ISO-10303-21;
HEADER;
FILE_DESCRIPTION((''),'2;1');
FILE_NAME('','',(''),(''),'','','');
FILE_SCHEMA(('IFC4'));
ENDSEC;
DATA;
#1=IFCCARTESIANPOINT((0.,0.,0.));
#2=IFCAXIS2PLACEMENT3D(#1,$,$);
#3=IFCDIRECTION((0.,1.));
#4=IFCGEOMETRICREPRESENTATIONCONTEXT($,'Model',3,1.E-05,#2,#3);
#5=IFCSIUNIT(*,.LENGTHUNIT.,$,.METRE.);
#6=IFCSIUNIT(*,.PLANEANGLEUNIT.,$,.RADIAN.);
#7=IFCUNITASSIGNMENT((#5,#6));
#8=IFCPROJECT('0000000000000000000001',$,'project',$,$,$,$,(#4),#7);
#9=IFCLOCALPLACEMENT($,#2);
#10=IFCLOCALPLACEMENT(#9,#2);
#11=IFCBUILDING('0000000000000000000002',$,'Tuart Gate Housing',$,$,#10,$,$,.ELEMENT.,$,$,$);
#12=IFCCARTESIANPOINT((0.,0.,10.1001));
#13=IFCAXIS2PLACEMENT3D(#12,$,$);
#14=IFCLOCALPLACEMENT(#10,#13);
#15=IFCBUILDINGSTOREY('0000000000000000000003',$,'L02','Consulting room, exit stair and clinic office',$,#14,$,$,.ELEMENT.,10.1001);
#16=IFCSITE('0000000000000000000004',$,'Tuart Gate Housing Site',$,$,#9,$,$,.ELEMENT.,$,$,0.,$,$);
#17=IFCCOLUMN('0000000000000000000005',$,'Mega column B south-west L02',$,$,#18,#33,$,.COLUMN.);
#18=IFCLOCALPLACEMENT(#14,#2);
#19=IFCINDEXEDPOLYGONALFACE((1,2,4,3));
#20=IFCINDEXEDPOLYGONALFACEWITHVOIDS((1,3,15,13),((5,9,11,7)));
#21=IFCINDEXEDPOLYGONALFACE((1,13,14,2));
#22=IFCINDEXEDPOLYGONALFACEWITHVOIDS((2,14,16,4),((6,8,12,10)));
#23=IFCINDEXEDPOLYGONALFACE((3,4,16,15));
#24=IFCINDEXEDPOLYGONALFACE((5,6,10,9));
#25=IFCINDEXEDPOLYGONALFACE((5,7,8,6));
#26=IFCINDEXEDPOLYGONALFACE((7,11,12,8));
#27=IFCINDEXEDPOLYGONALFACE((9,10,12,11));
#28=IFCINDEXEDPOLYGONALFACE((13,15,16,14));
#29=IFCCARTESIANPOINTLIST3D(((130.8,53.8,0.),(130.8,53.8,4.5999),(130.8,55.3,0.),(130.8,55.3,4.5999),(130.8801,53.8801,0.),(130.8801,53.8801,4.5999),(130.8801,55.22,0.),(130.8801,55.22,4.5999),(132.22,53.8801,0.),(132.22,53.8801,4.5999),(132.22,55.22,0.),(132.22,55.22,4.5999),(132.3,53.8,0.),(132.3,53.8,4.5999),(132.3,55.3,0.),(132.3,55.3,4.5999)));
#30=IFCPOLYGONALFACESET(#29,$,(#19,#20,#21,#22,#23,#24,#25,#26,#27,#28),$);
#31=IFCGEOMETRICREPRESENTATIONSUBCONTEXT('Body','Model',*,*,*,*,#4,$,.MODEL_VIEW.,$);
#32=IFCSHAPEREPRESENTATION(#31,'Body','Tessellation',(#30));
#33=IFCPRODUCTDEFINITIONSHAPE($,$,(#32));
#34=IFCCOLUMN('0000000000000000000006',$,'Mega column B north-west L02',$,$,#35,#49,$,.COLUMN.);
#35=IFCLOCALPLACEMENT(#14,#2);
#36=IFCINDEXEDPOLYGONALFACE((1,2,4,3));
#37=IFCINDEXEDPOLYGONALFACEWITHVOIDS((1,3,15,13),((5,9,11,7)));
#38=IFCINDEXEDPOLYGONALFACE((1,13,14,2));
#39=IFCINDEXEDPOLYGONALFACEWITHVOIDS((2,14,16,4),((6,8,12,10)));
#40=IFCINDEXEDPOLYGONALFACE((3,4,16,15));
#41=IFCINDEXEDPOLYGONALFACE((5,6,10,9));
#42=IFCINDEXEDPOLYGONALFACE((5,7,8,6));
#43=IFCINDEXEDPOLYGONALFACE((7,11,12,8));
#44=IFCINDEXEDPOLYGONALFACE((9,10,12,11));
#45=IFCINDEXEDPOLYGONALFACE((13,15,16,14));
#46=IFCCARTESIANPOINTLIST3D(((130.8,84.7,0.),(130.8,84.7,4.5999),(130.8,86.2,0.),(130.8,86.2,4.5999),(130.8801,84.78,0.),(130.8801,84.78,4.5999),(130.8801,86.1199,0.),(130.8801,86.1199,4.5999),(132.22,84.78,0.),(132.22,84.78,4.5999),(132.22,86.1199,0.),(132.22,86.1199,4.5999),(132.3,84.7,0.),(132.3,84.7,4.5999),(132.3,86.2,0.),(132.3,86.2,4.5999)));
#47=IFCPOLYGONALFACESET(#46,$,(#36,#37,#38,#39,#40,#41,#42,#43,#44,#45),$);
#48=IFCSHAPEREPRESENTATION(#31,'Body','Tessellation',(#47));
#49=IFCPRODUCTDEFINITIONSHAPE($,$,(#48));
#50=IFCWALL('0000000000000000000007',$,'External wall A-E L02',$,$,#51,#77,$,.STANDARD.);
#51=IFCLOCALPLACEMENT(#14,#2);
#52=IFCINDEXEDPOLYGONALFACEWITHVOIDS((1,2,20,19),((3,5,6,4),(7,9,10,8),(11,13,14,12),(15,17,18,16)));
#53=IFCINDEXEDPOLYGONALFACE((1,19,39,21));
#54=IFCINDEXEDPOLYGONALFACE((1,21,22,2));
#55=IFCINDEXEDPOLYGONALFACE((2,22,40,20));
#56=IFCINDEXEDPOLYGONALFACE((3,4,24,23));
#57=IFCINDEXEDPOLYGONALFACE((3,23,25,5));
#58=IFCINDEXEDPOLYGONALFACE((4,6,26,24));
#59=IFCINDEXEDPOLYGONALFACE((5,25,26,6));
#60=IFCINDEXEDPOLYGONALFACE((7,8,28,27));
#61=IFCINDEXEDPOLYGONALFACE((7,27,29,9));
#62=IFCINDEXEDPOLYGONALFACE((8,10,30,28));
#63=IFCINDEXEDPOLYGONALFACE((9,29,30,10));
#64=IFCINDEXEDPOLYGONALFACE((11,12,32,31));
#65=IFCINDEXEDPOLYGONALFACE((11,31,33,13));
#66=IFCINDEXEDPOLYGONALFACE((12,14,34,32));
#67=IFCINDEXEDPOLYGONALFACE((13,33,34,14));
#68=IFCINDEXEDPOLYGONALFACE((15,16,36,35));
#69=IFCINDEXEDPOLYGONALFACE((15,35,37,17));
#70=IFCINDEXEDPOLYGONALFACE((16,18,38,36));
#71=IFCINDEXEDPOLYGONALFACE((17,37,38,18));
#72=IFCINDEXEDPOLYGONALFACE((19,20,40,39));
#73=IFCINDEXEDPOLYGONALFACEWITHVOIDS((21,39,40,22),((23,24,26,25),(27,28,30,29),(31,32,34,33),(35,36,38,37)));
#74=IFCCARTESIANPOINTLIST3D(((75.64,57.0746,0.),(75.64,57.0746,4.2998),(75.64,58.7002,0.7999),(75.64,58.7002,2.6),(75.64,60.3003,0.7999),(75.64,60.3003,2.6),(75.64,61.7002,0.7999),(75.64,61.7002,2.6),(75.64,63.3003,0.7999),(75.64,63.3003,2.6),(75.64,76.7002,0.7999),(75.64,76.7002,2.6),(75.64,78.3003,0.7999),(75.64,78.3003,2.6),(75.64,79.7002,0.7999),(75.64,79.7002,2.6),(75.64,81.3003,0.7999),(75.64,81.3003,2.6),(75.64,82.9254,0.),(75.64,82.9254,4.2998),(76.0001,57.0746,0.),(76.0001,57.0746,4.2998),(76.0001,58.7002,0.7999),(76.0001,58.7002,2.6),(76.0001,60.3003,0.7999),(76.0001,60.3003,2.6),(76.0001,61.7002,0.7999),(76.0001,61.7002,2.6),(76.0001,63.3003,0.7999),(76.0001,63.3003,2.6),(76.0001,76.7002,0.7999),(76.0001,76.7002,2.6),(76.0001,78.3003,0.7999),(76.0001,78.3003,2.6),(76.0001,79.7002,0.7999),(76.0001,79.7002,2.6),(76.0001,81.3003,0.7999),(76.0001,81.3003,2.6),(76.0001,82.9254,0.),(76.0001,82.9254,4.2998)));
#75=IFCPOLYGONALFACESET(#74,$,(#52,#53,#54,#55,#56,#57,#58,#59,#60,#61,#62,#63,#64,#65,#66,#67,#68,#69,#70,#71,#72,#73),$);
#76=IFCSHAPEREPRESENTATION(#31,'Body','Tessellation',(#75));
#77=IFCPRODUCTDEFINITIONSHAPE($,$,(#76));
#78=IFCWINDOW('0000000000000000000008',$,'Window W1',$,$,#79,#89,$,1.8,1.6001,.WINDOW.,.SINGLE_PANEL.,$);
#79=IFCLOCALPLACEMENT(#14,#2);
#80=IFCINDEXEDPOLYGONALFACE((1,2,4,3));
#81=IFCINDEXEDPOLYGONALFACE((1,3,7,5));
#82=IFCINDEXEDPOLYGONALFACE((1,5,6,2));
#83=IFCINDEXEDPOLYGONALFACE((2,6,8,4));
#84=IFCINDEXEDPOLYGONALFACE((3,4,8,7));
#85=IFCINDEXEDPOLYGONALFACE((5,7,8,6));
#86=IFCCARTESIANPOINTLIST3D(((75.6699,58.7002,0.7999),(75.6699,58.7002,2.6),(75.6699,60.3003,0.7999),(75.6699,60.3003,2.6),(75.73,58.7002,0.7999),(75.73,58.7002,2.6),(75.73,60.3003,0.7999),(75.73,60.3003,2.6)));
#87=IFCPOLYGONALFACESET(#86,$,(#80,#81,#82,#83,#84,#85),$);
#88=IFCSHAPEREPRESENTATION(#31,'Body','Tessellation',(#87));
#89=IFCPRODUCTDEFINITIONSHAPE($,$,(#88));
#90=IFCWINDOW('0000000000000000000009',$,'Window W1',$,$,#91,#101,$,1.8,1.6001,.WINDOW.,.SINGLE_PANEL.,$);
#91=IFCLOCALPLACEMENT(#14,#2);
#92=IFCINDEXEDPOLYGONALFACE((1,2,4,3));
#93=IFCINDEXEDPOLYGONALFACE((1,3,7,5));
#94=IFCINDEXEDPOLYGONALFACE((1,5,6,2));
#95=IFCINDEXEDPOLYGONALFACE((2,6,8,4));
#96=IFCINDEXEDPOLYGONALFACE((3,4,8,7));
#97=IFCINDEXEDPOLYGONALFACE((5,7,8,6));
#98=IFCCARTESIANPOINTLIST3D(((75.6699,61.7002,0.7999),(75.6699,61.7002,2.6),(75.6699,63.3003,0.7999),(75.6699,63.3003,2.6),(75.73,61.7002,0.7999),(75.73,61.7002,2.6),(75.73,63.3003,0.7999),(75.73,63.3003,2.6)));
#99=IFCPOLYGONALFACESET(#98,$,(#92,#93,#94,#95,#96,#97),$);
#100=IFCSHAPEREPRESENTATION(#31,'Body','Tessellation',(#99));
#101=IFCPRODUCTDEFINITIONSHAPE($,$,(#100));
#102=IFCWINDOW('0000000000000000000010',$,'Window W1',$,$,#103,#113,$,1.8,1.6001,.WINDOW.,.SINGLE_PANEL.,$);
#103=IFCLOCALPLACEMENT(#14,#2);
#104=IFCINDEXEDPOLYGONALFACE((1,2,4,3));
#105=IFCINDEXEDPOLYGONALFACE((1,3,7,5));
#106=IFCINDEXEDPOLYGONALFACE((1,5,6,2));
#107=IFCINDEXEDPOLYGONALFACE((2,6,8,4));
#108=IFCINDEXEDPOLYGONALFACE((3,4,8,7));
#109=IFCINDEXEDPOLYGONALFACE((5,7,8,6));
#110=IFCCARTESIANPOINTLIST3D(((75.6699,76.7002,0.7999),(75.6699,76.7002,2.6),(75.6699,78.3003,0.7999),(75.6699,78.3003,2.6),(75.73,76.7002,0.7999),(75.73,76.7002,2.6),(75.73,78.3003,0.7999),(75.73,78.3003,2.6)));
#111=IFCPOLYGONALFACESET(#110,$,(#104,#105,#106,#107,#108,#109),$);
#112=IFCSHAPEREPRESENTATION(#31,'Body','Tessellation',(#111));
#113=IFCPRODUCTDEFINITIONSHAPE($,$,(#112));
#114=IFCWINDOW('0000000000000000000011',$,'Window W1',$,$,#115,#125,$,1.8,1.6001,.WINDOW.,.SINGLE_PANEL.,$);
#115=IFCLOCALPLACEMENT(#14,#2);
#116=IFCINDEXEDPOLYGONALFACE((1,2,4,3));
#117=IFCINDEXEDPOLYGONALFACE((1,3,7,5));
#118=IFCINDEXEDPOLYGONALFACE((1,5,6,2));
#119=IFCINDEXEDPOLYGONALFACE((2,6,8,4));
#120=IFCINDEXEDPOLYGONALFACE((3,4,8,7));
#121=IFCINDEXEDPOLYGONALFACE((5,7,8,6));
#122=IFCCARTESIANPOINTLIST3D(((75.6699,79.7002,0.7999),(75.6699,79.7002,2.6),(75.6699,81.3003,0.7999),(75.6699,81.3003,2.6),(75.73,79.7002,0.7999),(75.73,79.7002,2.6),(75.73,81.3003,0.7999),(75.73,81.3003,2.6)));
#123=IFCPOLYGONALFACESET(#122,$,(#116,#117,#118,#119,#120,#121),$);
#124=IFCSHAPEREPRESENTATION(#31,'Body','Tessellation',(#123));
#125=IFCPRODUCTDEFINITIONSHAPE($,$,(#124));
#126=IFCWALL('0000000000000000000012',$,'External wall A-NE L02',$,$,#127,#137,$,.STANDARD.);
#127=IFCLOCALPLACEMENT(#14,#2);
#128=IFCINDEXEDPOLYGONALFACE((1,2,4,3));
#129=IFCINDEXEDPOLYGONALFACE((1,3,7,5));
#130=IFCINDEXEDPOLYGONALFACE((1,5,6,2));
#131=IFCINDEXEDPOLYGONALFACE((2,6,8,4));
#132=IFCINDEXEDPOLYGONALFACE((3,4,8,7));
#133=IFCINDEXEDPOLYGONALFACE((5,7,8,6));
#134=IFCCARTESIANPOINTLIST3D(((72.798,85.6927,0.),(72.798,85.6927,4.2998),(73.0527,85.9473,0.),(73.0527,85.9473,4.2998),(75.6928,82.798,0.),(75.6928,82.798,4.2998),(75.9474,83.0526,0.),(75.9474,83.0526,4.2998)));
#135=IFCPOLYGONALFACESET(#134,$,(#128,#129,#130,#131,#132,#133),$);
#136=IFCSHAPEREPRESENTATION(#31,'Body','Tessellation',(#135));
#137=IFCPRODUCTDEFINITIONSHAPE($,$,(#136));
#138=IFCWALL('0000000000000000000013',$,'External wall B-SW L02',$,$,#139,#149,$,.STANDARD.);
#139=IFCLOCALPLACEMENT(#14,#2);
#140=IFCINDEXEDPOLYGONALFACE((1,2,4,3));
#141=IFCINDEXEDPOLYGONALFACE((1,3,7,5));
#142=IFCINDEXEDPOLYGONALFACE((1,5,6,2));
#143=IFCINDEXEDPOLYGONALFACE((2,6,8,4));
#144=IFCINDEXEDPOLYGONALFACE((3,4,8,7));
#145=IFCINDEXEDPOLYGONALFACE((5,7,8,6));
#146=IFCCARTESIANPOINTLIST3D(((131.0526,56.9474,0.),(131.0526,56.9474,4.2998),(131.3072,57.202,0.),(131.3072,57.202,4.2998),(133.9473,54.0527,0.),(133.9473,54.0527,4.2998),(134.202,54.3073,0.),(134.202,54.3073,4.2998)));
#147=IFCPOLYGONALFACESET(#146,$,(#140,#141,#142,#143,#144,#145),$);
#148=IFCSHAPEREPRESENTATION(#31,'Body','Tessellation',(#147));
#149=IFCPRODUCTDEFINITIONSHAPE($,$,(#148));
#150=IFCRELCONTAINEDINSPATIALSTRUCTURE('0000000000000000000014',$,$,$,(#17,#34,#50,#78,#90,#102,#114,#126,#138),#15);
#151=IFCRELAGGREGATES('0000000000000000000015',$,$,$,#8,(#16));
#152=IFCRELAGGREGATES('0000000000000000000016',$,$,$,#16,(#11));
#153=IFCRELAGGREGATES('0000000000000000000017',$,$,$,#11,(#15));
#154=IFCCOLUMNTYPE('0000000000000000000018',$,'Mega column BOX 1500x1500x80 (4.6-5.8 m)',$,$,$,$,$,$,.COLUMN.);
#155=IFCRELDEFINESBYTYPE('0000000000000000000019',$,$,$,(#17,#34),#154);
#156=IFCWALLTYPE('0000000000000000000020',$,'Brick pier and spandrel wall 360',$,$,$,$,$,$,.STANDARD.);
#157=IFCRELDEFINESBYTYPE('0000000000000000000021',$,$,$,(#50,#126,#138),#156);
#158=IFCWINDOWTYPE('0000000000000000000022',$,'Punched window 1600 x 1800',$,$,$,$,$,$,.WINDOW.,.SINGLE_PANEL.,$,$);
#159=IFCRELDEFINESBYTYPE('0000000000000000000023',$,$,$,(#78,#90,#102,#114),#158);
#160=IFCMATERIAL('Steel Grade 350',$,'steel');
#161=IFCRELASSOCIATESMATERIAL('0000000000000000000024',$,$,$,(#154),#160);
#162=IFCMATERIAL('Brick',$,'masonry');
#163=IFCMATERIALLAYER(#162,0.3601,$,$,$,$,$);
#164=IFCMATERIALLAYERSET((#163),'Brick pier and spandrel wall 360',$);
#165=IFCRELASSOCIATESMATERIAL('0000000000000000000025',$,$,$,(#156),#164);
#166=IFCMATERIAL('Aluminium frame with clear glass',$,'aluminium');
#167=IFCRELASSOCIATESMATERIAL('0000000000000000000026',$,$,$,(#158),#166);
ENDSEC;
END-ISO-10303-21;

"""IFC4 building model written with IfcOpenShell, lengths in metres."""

from ifc_helpers import new_model, si_unit, direction, frame, frame_2d, origin, origin_2d, place, context, subcontext, project, spatial, rectangle, hollow_rectangle, extrude, material, layer, layer_set, material_profile, profile_set, type_object, element, fill, save


model = new_model("IFC4")

# Units and contexts
model_context = context("Model", 3, precision=1e-05, world=origin(), true_north=direction((0.0, 1.0)))
body_context = subcontext(model_context, "Body", "Model", "MODEL_VIEW")
ifc_project = project(units=[si_unit("LENGTHUNIT", "METRE"), si_unit("PLANEANGLEUNIT", "RADIAN")], contexts=[model_context])

# Site, building, storey
site_placement = place(None, origin())
site = spatial("IfcSite", under=ifc_project, at=site_placement, Name="Tuart Gate Housing Site", CompositionType="ELEMENT", RefElevation=0.0)
building_placement = place(site_placement, origin())
building = spatial("IfcBuilding", under=site, at=building_placement, Name="Tuart Gate Housing", CompositionType="ELEMENT")
storey_placement = place(building_placement, frame((0.0, 0.0, 10.1001)))
storey = spatial("IfcBuildingStorey", under=building, at=storey_placement, Name="L02", Description="Consulting room, exit stair and clinic office", CompositionType="ELEMENT", Elevation=10.1001)

# Columns
ifc_material_1 = material(Name="Steel Grade 350", Category="steel")
ifc_material_profile = material_profile(ifc_material_1, hollow_rectangle(XDim=1.5, YDim=1.5, WallThickness=0.0801, at=origin_2d()), Name="BOX 1500x1500x80")
ifc_profile_set = profile_set([ifc_material_profile], Name="Steel Grade 350")
column_type = type_object("IfcColumnType", Name="Mega column BOX 1500x1500x80 (4.6-5.8 m)", PredefinedType="COLUMN", material=ifc_profile_set)
for number, where, z_axis, x_axis, name in (
    (1, (131.55, 54.55, 0.0), (0.0, 0.0, 1.0), (1.0, 0.0, 0.0), "Mega column B south-west L02"),
    (2, (131.55, 85.45, 0.0), (0.0, 0.0, 1.0), (1.0, 0.0, 0.0), "Mega column B north-west L02"),
):
    element("IfcColumn", number, at=place(storey_placement, frame(where, z_axis=z_axis, x_axis=x_axis)), inside=storey, type_object=column_type, Name=name, PredefinedType="COLUMN", context=body_context, shape_type="SweptSolid", body=[
        extrude(hollow_rectangle(XDim=1.5, YDim=1.5, WallThickness=0.0801, at=origin_2d()), origin(), (0.0, 0.0, 1.0), 4.5999),
    ])

# Wall, openings, windows
ifc_material_2 = material(Name="Brick", Category="masonry")
ifc_layer_1 = layer(ifc_material_2, 0.3601)
ifc_layer_set_1 = layer_set([ifc_layer_1], Name="Brick pier and spandrel wall 360")
wall_type_1 = type_object("IfcWallType", Name="Brick pier and spandrel wall 360", PredefinedType="STANDARD", material=ifc_layer_set_1)
wall_1_placement = place(storey_placement, frame((75.8201, 57.0747, 0.0), z_axis=(0.0, 0.0, 1.0), x_axis=(0.0, 1.0, 0.0)))
wall_1 = element("IfcWall", 3, at=wall_1_placement, inside=storey, type_object=wall_type_1, Name="External wall A-E L02", PredefinedType="STANDARD", context=body_context, shape_type="SweptSolid", body=[
    extrude(rectangle(XDim=25.8508, YDim=0.3601, at=frame_2d((12.9253, 0.0))), origin(), (0.0, 0.0, 1.0), 4.2998),
])
opening_1_placement = place(wall_1_placement, frame((1.6255, 0.0, 0.8)))
opening_1 = element("IfcOpeningElement", 4, at=opening_1_placement, cuts=wall_1, PredefinedType="OPENING", context=body_context, shape_type="SweptSolid", body=[
    extrude(rectangle(XDim=1.6001, YDim=1.8, at=frame_2d((0.8, 0.8999))), frame((0.0, 0.1899, 0.0), z_axis=(0.0, -1.0, 0.0), x_axis=(1.0, 0.0, 0.0)), (0.0, 0.0, 1.0), 0.3801),
])
opening_2_placement = place(wall_1_placement, frame((4.6255, 0.0, 0.8)))
opening_2 = element("IfcOpeningElement", 5, at=opening_2_placement, cuts=wall_1, PredefinedType="OPENING", context=body_context, shape_type="SweptSolid", body=[
    extrude(rectangle(XDim=1.6001, YDim=1.8, at=frame_2d((0.8, 0.8999))), frame((0.0, 0.1899, 0.0), z_axis=(0.0, -1.0, 0.0), x_axis=(1.0, 0.0, 0.0)), (0.0, 0.0, 1.0), 0.3801),
])
opening_3_placement = place(wall_1_placement, frame((19.6255, 0.0, 0.8)))
opening_3 = element("IfcOpeningElement", 6, at=opening_3_placement, cuts=wall_1, PredefinedType="OPENING", context=body_context, shape_type="SweptSolid", body=[
    extrude(rectangle(XDim=1.6001, YDim=1.8, at=frame_2d((0.8, 0.8999))), frame((0.0, 0.1899, 0.0), z_axis=(0.0, -1.0, 0.0), x_axis=(1.0, 0.0, 0.0)), (0.0, 0.0, 1.0), 0.3801),
])
opening_4_placement = place(wall_1_placement, frame((22.6255, 0.0, 0.8)))
opening_4 = element("IfcOpeningElement", 7, at=opening_4_placement, cuts=wall_1, PredefinedType="OPENING", context=body_context, shape_type="SweptSolid", body=[
    extrude(rectangle(XDim=1.6001, YDim=1.8, at=frame_2d((0.8, 0.8999))), frame((0.0, 0.1899, 0.0), z_axis=(0.0, -1.0, 0.0), x_axis=(1.0, 0.0, 0.0)), (0.0, 0.0, 1.0), 0.3801),
])
ifc_material_3 = material(Name="Aluminium frame with clear glass", Category="aluminium")
window_type = type_object("IfcWindowType", Name="Punched window 1600 x 1800", PartitioningType="SINGLE_PANEL", PredefinedType="WINDOW", material=ifc_material_3)
window_1_placement = place(opening_1_placement, origin())
window_1 = element("IfcWindow", 8, at=window_1_placement, inside=storey, type_object=window_type, Name="Window W1", OverallHeight=1.8, OverallWidth=1.6001, PartitioningType="SINGLE_PANEL", PredefinedType="WINDOW", context=body_context, shape_type="SweptSolid", body=[
    extrude(rectangle(XDim=1.6001, YDim=1.8, at=frame_2d((0.8, 0.8999))), frame((0.0, 0.1501, 0.0), z_axis=(0.0, -1.0, 0.0), x_axis=(1.0, 0.0, 0.0)), (0.0, 0.0, 1.0), 0.0601),
])
fill(opening_1, window_1)
window_2_placement = place(opening_2_placement, origin())
window_2 = element("IfcWindow", 9, at=window_2_placement, inside=storey, type_object=window_type, Name="Window W1", OverallHeight=1.8, OverallWidth=1.6001, PartitioningType="SINGLE_PANEL", PredefinedType="WINDOW", context=body_context, shape_type="SweptSolid", body=[
    extrude(rectangle(XDim=1.6001, YDim=1.8, at=frame_2d((0.8, 0.8999))), frame((0.0, 0.1501, 0.0), z_axis=(0.0, -1.0, 0.0), x_axis=(1.0, 0.0, 0.0)), (0.0, 0.0, 1.0), 0.0601),
])
fill(opening_2, window_2)
window_3_placement = place(opening_3_placement, origin())
window_3 = element("IfcWindow", 10, at=window_3_placement, inside=storey, type_object=window_type, Name="Window W1", OverallHeight=1.8, OverallWidth=1.6001, PartitioningType="SINGLE_PANEL", PredefinedType="WINDOW", context=body_context, shape_type="SweptSolid", body=[
    extrude(rectangle(XDim=1.6001, YDim=1.8, at=frame_2d((0.8, 0.8999))), frame((0.0, 0.1501, 0.0), z_axis=(0.0, -1.0, 0.0), x_axis=(1.0, 0.0, 0.0)), (0.0, 0.0, 1.0), 0.0601),
])
fill(opening_3, window_3)
window_4_placement = place(opening_4_placement, origin())
window_4 = element("IfcWindow", 11, at=window_4_placement, inside=storey, type_object=window_type, Name="Window W1", OverallHeight=1.8, OverallWidth=1.6001, PartitioningType="SINGLE_PANEL", PredefinedType="WINDOW", context=body_context, shape_type="SweptSolid", body=[
    extrude(rectangle(XDim=1.6001, YDim=1.8, at=frame_2d((0.8, 0.8999))), frame((0.0, 0.1501, 0.0), z_axis=(0.0, -1.0, 0.0), x_axis=(1.0, 0.0, 0.0)), (0.0, 0.0, 1.0), 0.0601),
])
fill(opening_4, window_4)

# Walls
for number, where, z_axis, x_axis, name in (
    (12, (75.8201, 82.9253, 0.0), (0.0, 0.0, 1.0), (-0.707107, 0.707107, 0.0), "External wall A-NE L02"),
    (13, (131.1799, 57.0747, 0.0), (0.0, 0.0, 1.0), (0.707107, -0.707107, 0.0), "External wall B-SW L02"),
):
    element("IfcWall", number, at=place(storey_placement, frame(where, z_axis=z_axis, x_axis=x_axis)), inside=storey, type_object=wall_type_1, Name=name, PredefinedType="STANDARD", context=body_context, shape_type="SweptSolid", body=[
        extrude(rectangle(XDim=4.0938, YDim=0.3601, at=frame_2d((2.0469, 0.0))), origin(), (0.0, 0.0, 1.0), 4.2998),
    ])

save(model, "model.ifc")
